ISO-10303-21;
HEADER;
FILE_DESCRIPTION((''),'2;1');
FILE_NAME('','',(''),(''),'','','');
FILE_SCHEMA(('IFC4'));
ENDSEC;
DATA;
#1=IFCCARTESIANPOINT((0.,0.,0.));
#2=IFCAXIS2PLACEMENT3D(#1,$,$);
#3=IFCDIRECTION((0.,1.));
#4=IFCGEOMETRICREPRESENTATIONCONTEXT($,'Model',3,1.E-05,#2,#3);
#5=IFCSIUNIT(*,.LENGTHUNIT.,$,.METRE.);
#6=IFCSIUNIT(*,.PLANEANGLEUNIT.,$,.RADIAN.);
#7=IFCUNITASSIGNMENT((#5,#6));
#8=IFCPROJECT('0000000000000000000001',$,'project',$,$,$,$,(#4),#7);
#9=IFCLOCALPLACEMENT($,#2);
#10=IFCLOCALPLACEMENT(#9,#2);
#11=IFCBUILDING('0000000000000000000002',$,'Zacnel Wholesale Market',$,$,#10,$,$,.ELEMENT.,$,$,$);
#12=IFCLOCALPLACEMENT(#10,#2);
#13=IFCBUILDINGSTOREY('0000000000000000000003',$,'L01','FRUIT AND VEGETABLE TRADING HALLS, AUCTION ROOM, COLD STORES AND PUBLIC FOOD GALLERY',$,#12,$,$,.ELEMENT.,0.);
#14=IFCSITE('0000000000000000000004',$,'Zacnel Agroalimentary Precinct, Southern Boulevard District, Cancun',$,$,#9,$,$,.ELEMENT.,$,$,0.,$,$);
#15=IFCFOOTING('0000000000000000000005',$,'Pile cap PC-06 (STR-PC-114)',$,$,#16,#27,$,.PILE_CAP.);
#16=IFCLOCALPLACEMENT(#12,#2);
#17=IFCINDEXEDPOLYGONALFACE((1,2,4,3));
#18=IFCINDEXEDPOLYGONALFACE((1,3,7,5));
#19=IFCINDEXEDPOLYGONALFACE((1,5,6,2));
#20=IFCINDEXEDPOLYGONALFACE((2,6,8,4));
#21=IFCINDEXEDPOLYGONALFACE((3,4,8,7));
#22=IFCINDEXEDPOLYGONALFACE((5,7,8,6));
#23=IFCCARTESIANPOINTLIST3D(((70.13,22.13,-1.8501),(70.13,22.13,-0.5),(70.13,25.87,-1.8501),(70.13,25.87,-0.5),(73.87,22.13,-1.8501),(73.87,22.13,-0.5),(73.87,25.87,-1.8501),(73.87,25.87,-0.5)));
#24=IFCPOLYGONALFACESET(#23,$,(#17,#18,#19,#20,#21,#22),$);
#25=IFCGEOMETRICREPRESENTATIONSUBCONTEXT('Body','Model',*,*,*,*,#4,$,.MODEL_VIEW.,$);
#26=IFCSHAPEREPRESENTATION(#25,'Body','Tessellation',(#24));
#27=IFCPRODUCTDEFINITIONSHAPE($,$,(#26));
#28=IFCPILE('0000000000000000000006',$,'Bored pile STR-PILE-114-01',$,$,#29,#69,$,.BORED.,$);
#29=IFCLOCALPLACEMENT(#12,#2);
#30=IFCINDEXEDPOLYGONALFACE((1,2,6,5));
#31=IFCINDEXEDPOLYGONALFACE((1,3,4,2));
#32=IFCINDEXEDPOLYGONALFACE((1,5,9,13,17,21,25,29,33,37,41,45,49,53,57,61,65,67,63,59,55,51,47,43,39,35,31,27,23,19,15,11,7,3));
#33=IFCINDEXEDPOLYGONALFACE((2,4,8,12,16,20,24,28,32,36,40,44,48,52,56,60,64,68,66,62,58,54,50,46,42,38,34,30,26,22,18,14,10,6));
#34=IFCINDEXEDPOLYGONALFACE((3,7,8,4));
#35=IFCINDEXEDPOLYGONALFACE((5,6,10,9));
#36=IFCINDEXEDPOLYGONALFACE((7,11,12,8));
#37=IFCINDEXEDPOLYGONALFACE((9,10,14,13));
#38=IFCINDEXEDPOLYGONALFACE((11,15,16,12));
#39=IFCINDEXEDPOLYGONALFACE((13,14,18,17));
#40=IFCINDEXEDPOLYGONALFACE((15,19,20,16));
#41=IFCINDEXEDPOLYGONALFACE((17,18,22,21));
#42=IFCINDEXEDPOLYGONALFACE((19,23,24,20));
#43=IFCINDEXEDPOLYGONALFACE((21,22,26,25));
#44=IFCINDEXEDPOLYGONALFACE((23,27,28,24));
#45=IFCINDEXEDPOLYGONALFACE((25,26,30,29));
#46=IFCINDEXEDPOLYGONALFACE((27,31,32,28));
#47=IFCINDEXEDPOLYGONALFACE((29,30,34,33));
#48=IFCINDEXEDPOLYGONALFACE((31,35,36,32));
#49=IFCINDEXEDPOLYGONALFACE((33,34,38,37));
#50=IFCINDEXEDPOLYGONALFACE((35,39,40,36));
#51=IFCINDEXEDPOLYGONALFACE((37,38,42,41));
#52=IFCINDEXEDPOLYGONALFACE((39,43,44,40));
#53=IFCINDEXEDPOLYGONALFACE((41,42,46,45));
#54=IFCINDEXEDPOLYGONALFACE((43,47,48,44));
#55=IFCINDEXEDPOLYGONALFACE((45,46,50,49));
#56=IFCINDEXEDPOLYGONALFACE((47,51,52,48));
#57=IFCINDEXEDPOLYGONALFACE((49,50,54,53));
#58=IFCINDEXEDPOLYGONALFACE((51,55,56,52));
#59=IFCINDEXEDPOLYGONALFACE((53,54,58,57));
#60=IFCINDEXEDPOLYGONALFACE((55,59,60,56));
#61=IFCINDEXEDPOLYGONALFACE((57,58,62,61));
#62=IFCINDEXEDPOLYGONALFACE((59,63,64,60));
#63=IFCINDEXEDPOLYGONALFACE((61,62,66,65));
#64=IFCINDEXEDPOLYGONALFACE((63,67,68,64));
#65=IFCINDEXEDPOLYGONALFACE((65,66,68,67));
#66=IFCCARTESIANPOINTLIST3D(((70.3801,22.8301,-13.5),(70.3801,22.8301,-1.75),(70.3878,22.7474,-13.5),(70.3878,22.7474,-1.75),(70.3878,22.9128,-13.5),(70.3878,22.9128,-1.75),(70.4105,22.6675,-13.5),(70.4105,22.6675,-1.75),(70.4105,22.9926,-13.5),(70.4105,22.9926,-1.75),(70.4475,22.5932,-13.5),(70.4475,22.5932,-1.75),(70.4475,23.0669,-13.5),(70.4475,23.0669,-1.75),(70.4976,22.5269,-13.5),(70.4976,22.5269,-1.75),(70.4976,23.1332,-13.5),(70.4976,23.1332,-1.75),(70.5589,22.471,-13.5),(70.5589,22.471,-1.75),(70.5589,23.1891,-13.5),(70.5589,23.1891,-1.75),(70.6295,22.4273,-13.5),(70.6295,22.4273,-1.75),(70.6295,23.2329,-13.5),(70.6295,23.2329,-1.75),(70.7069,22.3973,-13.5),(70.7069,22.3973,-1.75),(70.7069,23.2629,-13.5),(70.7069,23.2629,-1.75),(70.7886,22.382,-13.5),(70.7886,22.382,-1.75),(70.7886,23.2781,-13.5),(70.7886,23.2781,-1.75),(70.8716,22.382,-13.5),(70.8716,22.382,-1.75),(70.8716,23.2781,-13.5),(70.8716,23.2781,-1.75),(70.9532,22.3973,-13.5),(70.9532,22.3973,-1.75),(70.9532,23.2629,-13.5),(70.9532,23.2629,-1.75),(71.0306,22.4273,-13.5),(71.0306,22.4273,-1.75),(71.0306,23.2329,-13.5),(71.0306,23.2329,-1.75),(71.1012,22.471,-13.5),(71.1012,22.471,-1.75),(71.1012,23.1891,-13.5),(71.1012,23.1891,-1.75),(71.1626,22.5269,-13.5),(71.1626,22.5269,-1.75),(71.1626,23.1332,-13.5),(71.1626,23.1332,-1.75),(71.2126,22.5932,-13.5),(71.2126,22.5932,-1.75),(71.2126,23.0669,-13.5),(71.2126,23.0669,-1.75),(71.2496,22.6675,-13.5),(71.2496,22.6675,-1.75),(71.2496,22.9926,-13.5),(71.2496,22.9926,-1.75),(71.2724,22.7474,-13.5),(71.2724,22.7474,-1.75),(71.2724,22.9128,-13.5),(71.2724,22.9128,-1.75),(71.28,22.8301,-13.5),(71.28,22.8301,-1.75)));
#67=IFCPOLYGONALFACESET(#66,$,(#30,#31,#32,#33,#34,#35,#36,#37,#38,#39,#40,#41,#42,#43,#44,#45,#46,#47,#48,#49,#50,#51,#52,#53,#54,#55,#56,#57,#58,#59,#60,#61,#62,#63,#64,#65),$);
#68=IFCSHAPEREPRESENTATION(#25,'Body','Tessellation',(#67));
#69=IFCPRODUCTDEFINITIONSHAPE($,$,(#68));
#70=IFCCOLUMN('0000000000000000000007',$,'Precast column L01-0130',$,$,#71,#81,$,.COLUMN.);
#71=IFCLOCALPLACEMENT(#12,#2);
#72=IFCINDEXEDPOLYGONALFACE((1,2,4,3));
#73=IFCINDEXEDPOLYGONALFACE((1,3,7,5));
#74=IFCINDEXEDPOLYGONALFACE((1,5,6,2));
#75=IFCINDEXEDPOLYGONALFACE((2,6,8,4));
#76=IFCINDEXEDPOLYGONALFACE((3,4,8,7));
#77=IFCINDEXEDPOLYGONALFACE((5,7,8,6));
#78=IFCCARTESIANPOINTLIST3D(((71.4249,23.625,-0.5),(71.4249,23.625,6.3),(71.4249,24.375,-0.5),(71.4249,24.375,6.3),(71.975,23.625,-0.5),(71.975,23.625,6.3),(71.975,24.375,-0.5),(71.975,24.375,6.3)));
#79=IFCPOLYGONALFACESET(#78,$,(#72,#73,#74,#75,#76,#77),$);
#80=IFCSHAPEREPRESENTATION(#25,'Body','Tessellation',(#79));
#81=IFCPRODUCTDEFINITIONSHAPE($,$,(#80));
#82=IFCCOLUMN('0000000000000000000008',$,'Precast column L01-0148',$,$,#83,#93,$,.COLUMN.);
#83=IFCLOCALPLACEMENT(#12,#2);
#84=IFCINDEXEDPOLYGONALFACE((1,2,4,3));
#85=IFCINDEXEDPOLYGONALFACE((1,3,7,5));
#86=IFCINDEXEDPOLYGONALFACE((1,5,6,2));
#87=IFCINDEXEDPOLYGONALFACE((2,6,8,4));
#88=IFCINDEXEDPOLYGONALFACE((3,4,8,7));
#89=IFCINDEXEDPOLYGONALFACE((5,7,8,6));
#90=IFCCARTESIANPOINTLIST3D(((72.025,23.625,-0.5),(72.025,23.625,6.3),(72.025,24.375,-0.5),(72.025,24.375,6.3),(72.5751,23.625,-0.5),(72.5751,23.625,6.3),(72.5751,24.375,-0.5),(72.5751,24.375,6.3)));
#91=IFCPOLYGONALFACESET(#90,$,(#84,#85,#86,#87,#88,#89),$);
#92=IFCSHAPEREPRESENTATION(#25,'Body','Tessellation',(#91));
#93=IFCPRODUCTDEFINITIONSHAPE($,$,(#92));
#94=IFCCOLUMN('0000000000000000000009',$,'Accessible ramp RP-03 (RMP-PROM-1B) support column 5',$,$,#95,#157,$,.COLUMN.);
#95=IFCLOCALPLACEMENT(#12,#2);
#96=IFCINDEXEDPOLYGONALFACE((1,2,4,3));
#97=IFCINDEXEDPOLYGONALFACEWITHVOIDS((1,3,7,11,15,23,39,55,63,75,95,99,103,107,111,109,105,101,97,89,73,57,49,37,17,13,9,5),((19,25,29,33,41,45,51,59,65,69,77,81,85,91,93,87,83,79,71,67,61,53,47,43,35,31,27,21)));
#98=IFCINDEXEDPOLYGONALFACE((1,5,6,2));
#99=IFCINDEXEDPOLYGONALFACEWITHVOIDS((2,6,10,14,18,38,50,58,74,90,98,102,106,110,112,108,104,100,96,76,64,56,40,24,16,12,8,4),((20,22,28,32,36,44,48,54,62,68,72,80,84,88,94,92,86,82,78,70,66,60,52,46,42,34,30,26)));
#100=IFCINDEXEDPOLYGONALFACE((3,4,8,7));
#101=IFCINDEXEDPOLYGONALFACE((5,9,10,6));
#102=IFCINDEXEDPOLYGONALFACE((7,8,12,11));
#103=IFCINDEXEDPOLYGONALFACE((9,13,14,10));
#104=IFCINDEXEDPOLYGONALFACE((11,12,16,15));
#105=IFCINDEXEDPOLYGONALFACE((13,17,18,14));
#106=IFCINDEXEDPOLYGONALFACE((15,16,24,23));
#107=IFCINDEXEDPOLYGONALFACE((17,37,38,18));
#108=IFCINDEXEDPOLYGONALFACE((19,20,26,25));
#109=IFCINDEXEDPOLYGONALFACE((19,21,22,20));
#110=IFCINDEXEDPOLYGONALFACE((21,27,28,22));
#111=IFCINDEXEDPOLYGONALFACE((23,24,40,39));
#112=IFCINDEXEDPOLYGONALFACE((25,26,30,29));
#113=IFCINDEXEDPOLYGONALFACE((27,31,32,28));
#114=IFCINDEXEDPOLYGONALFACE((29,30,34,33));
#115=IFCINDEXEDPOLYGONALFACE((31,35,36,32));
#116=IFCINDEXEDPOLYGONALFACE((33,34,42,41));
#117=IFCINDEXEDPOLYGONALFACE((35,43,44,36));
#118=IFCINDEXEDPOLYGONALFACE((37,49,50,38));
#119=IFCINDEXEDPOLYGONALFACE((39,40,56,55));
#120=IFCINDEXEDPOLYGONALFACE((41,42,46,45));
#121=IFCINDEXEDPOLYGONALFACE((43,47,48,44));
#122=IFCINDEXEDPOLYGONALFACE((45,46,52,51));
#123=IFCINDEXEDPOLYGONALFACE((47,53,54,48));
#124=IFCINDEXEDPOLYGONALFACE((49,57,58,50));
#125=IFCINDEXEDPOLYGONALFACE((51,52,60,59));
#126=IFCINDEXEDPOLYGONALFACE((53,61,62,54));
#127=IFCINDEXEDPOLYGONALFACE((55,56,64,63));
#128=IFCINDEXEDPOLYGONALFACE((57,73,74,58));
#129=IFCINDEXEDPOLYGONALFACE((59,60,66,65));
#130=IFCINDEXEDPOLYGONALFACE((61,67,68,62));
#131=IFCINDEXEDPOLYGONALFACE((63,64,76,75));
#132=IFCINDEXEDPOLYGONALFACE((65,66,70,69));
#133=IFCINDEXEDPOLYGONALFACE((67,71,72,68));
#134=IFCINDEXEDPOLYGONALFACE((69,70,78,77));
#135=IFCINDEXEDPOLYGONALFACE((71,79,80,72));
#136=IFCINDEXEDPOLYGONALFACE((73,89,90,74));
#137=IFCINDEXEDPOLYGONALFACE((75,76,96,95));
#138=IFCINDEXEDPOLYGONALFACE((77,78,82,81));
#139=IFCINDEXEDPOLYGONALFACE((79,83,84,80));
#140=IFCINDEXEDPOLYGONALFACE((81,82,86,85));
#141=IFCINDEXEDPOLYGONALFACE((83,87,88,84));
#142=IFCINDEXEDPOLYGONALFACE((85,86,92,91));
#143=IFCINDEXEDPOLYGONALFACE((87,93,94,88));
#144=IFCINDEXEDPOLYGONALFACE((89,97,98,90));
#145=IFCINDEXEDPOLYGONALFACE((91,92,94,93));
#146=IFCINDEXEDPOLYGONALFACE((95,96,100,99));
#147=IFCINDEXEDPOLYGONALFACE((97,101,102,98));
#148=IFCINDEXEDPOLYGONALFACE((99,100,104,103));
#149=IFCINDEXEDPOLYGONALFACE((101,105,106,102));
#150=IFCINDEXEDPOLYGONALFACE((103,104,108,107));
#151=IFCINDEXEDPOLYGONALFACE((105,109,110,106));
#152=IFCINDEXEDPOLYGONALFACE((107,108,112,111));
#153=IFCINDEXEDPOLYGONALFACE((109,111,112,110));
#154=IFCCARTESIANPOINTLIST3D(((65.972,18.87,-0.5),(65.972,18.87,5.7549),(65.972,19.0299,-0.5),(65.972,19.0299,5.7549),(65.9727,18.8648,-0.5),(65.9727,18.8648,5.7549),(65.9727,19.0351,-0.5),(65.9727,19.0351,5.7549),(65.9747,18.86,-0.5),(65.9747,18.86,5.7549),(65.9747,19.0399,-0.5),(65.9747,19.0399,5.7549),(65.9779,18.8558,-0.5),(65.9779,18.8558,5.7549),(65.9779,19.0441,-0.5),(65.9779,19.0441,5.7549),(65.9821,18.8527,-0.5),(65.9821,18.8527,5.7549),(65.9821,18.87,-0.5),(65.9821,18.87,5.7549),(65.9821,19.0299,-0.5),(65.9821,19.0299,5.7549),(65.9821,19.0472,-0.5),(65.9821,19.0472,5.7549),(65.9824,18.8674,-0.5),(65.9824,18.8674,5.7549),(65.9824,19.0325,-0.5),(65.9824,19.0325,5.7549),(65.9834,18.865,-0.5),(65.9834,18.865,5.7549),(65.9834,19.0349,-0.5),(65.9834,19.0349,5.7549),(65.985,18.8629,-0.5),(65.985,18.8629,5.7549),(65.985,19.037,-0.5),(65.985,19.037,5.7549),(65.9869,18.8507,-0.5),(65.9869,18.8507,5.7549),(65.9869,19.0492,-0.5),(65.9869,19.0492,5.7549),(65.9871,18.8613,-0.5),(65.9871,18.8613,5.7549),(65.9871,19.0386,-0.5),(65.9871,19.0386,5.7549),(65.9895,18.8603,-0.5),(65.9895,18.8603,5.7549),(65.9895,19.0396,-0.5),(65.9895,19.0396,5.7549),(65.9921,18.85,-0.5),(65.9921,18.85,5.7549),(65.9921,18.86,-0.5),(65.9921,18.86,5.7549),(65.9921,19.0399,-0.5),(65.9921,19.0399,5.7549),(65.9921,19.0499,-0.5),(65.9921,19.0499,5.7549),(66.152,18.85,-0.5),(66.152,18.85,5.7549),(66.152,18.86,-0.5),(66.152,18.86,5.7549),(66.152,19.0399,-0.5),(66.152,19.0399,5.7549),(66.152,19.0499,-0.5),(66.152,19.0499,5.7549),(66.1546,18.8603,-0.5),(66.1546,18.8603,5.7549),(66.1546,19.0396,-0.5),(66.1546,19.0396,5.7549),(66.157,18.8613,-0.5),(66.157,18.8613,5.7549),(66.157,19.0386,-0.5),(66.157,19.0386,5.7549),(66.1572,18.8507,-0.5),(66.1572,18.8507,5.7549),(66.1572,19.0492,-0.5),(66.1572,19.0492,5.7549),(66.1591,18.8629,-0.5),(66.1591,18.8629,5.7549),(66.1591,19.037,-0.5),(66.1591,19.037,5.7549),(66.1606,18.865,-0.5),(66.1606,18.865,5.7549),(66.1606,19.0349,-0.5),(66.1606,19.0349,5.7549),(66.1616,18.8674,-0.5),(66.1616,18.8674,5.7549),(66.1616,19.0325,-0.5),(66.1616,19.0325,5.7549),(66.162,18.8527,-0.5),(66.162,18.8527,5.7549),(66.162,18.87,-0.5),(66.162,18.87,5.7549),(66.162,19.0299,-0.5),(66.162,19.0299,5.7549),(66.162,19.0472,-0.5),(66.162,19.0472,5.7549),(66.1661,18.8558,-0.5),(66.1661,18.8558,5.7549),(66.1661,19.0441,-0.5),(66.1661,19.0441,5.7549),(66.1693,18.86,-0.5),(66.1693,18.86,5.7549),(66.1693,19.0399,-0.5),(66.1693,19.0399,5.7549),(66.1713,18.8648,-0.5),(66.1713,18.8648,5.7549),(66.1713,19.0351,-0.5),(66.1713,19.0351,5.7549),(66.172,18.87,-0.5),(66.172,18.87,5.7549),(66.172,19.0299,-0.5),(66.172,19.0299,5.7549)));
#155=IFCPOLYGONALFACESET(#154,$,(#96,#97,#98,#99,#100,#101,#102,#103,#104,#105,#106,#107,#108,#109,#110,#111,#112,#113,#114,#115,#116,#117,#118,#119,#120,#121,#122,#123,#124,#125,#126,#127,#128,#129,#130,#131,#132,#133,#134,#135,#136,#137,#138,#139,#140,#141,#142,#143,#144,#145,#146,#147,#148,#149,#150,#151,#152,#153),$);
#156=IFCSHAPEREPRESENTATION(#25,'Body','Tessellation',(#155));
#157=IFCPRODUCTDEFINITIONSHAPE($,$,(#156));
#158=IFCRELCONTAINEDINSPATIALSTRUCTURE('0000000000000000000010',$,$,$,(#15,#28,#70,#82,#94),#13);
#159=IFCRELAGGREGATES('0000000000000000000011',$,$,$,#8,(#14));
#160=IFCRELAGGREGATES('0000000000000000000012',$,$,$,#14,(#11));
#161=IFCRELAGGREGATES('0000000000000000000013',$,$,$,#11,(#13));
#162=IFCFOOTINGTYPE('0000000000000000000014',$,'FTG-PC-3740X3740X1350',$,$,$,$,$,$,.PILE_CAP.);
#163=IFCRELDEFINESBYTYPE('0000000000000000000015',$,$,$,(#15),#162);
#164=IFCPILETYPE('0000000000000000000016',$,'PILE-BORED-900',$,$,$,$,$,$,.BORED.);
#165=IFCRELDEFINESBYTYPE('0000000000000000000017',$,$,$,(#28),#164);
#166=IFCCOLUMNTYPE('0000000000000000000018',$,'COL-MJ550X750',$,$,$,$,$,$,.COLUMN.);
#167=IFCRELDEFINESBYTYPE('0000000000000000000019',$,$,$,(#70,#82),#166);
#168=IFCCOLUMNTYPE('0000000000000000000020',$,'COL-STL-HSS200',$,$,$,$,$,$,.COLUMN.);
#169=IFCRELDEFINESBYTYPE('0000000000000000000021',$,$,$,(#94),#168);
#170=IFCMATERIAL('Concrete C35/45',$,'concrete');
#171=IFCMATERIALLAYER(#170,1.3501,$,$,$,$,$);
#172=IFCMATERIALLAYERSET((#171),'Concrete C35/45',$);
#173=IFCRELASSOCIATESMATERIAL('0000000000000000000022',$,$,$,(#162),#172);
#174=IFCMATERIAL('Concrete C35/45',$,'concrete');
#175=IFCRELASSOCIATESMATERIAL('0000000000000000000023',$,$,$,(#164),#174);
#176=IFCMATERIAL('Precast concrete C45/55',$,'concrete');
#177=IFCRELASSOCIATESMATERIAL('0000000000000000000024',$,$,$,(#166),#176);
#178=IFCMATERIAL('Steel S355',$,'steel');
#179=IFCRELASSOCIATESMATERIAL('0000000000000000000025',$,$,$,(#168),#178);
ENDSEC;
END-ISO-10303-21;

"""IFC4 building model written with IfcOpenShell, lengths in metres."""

from ifc_helpers import new_model, si_unit, direction, frame, origin, origin_2d, place, context, subcontext, project, spatial, rectangle, hollow_rectangle, circle, extrude, material, layer, layer_set, material_profile, profile_set, type_object, element, save


model = new_model("IFC4")

# Units and contexts
model_context = context("Model", 3, precision=1e-05, world=origin(), true_north=direction((0.0, 1.0)))
body_context = subcontext(model_context, "Body", "Model", "MODEL_VIEW")
ifc_project = project(units=[si_unit("LENGTHUNIT", "METRE"), si_unit("PLANEANGLEUNIT", "RADIAN")], contexts=[model_context])

# Site, building, storey
site_placement = place(None, origin())
site = spatial("IfcSite", under=ifc_project, at=site_placement, Name="Zacnel Agroalimentary Precinct, Southern Boulevard District, Cancun", CompositionType="ELEMENT", RefElevation=0.0)
building_placement = place(site_placement, origin())
building = spatial("IfcBuilding", under=site, at=building_placement, Name="Zacnel Wholesale Market", CompositionType="ELEMENT")
storey_placement = place(building_placement, origin())
storey = spatial("IfcBuildingStorey", under=building, at=storey_placement, Name="L01", Description="FRUIT AND VEGETABLE TRADING HALLS, AUCTION ROOM, COLD STORES AND PUBLIC FOOD GALLERY", CompositionType="ELEMENT", Elevation=0.0)

# Footing
ifc_material_1 = material(Name="Concrete C35/45", Category="concrete")
ifc_layer_1 = layer(ifc_material_1, 1.3501)
ifc_layer_set_1 = layer_set([ifc_layer_1], Name="Concrete C35/45")
footing_type = type_object("IfcFootingType", Name="FTG-PC-3740X3740X1350", PredefinedType="PILE_CAP", material=ifc_layer_set_1)
footing_placement = place(storey_placement, frame((72.0, 24.0, -1.8501), z_axis=(0.0, 0.0, 1.0), x_axis=(1.0, 0.0, 0.0)))
element("IfcFooting", 1, at=footing_placement, inside=storey, type_object=footing_type, Name="Pile cap PC-06 (STR-PC-114)", PredefinedType="PILE_CAP", context=body_context, shape_type="SweptSolid", body=[
    extrude(rectangle(XDim=3.74, YDim=3.74, at=origin_2d()), origin(), (0.0, 0.0, 1.0), 1.3501),
])

# Pile
ifc_material_2 = material(Name="Concrete C35/45", Category="concrete")
ifc_material_profile_1 = material_profile(ifc_material_2, circle(Radius=0.45, at=origin_2d()), Name="BORED PILE D900")
ifc_profile_set_1 = profile_set([ifc_material_profile_1], Name="Concrete C35/45")
pile_type = type_object("IfcPileType", Name="PILE-BORED-900", PredefinedType="BORED", material=ifc_profile_set_1)
pile_placement = place(storey_placement, frame((70.8301, 22.8301, -1.75), z_axis=(0.0, 0.0, -1.0), x_axis=(1.0, 0.0, 0.0)))
element("IfcPile", 2, at=pile_placement, inside=storey, type_object=pile_type, Name="Bored pile STR-PILE-114-01", PredefinedType="BORED", context=body_context, shape_type="SweptSolid", body=[
    extrude(circle(Radius=0.45, at=origin_2d()), origin(), (0.0, 0.0, 1.0), 11.75),
])

# Columns
ifc_material_3 = material(Name="Precast concrete C45/55", Category="concrete")
ifc_material_profile_2 = material_profile(ifc_material_3, rectangle(XDim=0.55, YDim=0.75, at=origin_2d()), Name="PC 550x750")
ifc_profile_set_2 = profile_set([ifc_material_profile_2], Name="Precast concrete C45/55")
column_type_1 = type_object("IfcColumnType", Name="COL-MJ550X750", PredefinedType="COLUMN", material=ifc_profile_set_2)
for number, where, z_axis, x_axis, name in (
    (3, (71.7, 24.0, -0.5), (0.0, 0.0, 1.0), (1.0, 0.0, 0.0), "Precast column L01-0130"),
    (4, (72.3, 24.0, -0.5), (0.0, 0.0, 1.0), (1.0, 0.0, 0.0), "Precast column L01-0148"),
):
    element("IfcColumn", number, at=place(storey_placement, frame(where, z_axis=z_axis, x_axis=x_axis)), inside=storey, type_object=column_type_1, Name=name, PredefinedType="COLUMN", context=body_context, shape_type="SweptSolid", body=[
        extrude(rectangle(XDim=0.55, YDim=0.75, at=origin_2d()), origin(), (0.0, 0.0, 1.0), 6.8),
    ])
ifc_material_4 = material(Name="Steel S355", Category="steel")
ifc_material_profile_3 = material_profile(ifc_material_4, hollow_rectangle(XDim=0.2, YDim=0.2, WallThickness=0.01, InnerFilletRadius=0.01, OuterFilletRadius=0.02, at=origin_2d()), Name="HSS 200x200x10")
ifc_profile_set_3 = profile_set([ifc_material_profile_3], Name="Steel S355")
column_type_2 = type_object("IfcColumnType", Name="COL-STL-HSS200", PredefinedType="COLUMN", material=ifc_profile_set_3)
for number, where, z_axis, x_axis, name in (
    (5, (66.072, 18.95, -0.5), (0.0, 0.0, 1.0), (1.0, 0.0, 0.0), "Accessible ramp RP-03 (RMP-PROM-1B) support column 5"),
):
    element("IfcColumn", number, at=place(storey_placement, frame(where, z_axis=z_axis, x_axis=x_axis)), inside=storey, type_object=column_type_2, Name=name, PredefinedType="COLUMN", context=body_context, shape_type="SweptSolid", body=[
        extrude(hollow_rectangle(XDim=0.2, YDim=0.2, WallThickness=0.01, InnerFilletRadius=0.01, OuterFilletRadius=0.02, at=origin_2d()), origin(), (0.0, 0.0, 1.0), 6.2549),
    ])

save(model, "model.ifc")
